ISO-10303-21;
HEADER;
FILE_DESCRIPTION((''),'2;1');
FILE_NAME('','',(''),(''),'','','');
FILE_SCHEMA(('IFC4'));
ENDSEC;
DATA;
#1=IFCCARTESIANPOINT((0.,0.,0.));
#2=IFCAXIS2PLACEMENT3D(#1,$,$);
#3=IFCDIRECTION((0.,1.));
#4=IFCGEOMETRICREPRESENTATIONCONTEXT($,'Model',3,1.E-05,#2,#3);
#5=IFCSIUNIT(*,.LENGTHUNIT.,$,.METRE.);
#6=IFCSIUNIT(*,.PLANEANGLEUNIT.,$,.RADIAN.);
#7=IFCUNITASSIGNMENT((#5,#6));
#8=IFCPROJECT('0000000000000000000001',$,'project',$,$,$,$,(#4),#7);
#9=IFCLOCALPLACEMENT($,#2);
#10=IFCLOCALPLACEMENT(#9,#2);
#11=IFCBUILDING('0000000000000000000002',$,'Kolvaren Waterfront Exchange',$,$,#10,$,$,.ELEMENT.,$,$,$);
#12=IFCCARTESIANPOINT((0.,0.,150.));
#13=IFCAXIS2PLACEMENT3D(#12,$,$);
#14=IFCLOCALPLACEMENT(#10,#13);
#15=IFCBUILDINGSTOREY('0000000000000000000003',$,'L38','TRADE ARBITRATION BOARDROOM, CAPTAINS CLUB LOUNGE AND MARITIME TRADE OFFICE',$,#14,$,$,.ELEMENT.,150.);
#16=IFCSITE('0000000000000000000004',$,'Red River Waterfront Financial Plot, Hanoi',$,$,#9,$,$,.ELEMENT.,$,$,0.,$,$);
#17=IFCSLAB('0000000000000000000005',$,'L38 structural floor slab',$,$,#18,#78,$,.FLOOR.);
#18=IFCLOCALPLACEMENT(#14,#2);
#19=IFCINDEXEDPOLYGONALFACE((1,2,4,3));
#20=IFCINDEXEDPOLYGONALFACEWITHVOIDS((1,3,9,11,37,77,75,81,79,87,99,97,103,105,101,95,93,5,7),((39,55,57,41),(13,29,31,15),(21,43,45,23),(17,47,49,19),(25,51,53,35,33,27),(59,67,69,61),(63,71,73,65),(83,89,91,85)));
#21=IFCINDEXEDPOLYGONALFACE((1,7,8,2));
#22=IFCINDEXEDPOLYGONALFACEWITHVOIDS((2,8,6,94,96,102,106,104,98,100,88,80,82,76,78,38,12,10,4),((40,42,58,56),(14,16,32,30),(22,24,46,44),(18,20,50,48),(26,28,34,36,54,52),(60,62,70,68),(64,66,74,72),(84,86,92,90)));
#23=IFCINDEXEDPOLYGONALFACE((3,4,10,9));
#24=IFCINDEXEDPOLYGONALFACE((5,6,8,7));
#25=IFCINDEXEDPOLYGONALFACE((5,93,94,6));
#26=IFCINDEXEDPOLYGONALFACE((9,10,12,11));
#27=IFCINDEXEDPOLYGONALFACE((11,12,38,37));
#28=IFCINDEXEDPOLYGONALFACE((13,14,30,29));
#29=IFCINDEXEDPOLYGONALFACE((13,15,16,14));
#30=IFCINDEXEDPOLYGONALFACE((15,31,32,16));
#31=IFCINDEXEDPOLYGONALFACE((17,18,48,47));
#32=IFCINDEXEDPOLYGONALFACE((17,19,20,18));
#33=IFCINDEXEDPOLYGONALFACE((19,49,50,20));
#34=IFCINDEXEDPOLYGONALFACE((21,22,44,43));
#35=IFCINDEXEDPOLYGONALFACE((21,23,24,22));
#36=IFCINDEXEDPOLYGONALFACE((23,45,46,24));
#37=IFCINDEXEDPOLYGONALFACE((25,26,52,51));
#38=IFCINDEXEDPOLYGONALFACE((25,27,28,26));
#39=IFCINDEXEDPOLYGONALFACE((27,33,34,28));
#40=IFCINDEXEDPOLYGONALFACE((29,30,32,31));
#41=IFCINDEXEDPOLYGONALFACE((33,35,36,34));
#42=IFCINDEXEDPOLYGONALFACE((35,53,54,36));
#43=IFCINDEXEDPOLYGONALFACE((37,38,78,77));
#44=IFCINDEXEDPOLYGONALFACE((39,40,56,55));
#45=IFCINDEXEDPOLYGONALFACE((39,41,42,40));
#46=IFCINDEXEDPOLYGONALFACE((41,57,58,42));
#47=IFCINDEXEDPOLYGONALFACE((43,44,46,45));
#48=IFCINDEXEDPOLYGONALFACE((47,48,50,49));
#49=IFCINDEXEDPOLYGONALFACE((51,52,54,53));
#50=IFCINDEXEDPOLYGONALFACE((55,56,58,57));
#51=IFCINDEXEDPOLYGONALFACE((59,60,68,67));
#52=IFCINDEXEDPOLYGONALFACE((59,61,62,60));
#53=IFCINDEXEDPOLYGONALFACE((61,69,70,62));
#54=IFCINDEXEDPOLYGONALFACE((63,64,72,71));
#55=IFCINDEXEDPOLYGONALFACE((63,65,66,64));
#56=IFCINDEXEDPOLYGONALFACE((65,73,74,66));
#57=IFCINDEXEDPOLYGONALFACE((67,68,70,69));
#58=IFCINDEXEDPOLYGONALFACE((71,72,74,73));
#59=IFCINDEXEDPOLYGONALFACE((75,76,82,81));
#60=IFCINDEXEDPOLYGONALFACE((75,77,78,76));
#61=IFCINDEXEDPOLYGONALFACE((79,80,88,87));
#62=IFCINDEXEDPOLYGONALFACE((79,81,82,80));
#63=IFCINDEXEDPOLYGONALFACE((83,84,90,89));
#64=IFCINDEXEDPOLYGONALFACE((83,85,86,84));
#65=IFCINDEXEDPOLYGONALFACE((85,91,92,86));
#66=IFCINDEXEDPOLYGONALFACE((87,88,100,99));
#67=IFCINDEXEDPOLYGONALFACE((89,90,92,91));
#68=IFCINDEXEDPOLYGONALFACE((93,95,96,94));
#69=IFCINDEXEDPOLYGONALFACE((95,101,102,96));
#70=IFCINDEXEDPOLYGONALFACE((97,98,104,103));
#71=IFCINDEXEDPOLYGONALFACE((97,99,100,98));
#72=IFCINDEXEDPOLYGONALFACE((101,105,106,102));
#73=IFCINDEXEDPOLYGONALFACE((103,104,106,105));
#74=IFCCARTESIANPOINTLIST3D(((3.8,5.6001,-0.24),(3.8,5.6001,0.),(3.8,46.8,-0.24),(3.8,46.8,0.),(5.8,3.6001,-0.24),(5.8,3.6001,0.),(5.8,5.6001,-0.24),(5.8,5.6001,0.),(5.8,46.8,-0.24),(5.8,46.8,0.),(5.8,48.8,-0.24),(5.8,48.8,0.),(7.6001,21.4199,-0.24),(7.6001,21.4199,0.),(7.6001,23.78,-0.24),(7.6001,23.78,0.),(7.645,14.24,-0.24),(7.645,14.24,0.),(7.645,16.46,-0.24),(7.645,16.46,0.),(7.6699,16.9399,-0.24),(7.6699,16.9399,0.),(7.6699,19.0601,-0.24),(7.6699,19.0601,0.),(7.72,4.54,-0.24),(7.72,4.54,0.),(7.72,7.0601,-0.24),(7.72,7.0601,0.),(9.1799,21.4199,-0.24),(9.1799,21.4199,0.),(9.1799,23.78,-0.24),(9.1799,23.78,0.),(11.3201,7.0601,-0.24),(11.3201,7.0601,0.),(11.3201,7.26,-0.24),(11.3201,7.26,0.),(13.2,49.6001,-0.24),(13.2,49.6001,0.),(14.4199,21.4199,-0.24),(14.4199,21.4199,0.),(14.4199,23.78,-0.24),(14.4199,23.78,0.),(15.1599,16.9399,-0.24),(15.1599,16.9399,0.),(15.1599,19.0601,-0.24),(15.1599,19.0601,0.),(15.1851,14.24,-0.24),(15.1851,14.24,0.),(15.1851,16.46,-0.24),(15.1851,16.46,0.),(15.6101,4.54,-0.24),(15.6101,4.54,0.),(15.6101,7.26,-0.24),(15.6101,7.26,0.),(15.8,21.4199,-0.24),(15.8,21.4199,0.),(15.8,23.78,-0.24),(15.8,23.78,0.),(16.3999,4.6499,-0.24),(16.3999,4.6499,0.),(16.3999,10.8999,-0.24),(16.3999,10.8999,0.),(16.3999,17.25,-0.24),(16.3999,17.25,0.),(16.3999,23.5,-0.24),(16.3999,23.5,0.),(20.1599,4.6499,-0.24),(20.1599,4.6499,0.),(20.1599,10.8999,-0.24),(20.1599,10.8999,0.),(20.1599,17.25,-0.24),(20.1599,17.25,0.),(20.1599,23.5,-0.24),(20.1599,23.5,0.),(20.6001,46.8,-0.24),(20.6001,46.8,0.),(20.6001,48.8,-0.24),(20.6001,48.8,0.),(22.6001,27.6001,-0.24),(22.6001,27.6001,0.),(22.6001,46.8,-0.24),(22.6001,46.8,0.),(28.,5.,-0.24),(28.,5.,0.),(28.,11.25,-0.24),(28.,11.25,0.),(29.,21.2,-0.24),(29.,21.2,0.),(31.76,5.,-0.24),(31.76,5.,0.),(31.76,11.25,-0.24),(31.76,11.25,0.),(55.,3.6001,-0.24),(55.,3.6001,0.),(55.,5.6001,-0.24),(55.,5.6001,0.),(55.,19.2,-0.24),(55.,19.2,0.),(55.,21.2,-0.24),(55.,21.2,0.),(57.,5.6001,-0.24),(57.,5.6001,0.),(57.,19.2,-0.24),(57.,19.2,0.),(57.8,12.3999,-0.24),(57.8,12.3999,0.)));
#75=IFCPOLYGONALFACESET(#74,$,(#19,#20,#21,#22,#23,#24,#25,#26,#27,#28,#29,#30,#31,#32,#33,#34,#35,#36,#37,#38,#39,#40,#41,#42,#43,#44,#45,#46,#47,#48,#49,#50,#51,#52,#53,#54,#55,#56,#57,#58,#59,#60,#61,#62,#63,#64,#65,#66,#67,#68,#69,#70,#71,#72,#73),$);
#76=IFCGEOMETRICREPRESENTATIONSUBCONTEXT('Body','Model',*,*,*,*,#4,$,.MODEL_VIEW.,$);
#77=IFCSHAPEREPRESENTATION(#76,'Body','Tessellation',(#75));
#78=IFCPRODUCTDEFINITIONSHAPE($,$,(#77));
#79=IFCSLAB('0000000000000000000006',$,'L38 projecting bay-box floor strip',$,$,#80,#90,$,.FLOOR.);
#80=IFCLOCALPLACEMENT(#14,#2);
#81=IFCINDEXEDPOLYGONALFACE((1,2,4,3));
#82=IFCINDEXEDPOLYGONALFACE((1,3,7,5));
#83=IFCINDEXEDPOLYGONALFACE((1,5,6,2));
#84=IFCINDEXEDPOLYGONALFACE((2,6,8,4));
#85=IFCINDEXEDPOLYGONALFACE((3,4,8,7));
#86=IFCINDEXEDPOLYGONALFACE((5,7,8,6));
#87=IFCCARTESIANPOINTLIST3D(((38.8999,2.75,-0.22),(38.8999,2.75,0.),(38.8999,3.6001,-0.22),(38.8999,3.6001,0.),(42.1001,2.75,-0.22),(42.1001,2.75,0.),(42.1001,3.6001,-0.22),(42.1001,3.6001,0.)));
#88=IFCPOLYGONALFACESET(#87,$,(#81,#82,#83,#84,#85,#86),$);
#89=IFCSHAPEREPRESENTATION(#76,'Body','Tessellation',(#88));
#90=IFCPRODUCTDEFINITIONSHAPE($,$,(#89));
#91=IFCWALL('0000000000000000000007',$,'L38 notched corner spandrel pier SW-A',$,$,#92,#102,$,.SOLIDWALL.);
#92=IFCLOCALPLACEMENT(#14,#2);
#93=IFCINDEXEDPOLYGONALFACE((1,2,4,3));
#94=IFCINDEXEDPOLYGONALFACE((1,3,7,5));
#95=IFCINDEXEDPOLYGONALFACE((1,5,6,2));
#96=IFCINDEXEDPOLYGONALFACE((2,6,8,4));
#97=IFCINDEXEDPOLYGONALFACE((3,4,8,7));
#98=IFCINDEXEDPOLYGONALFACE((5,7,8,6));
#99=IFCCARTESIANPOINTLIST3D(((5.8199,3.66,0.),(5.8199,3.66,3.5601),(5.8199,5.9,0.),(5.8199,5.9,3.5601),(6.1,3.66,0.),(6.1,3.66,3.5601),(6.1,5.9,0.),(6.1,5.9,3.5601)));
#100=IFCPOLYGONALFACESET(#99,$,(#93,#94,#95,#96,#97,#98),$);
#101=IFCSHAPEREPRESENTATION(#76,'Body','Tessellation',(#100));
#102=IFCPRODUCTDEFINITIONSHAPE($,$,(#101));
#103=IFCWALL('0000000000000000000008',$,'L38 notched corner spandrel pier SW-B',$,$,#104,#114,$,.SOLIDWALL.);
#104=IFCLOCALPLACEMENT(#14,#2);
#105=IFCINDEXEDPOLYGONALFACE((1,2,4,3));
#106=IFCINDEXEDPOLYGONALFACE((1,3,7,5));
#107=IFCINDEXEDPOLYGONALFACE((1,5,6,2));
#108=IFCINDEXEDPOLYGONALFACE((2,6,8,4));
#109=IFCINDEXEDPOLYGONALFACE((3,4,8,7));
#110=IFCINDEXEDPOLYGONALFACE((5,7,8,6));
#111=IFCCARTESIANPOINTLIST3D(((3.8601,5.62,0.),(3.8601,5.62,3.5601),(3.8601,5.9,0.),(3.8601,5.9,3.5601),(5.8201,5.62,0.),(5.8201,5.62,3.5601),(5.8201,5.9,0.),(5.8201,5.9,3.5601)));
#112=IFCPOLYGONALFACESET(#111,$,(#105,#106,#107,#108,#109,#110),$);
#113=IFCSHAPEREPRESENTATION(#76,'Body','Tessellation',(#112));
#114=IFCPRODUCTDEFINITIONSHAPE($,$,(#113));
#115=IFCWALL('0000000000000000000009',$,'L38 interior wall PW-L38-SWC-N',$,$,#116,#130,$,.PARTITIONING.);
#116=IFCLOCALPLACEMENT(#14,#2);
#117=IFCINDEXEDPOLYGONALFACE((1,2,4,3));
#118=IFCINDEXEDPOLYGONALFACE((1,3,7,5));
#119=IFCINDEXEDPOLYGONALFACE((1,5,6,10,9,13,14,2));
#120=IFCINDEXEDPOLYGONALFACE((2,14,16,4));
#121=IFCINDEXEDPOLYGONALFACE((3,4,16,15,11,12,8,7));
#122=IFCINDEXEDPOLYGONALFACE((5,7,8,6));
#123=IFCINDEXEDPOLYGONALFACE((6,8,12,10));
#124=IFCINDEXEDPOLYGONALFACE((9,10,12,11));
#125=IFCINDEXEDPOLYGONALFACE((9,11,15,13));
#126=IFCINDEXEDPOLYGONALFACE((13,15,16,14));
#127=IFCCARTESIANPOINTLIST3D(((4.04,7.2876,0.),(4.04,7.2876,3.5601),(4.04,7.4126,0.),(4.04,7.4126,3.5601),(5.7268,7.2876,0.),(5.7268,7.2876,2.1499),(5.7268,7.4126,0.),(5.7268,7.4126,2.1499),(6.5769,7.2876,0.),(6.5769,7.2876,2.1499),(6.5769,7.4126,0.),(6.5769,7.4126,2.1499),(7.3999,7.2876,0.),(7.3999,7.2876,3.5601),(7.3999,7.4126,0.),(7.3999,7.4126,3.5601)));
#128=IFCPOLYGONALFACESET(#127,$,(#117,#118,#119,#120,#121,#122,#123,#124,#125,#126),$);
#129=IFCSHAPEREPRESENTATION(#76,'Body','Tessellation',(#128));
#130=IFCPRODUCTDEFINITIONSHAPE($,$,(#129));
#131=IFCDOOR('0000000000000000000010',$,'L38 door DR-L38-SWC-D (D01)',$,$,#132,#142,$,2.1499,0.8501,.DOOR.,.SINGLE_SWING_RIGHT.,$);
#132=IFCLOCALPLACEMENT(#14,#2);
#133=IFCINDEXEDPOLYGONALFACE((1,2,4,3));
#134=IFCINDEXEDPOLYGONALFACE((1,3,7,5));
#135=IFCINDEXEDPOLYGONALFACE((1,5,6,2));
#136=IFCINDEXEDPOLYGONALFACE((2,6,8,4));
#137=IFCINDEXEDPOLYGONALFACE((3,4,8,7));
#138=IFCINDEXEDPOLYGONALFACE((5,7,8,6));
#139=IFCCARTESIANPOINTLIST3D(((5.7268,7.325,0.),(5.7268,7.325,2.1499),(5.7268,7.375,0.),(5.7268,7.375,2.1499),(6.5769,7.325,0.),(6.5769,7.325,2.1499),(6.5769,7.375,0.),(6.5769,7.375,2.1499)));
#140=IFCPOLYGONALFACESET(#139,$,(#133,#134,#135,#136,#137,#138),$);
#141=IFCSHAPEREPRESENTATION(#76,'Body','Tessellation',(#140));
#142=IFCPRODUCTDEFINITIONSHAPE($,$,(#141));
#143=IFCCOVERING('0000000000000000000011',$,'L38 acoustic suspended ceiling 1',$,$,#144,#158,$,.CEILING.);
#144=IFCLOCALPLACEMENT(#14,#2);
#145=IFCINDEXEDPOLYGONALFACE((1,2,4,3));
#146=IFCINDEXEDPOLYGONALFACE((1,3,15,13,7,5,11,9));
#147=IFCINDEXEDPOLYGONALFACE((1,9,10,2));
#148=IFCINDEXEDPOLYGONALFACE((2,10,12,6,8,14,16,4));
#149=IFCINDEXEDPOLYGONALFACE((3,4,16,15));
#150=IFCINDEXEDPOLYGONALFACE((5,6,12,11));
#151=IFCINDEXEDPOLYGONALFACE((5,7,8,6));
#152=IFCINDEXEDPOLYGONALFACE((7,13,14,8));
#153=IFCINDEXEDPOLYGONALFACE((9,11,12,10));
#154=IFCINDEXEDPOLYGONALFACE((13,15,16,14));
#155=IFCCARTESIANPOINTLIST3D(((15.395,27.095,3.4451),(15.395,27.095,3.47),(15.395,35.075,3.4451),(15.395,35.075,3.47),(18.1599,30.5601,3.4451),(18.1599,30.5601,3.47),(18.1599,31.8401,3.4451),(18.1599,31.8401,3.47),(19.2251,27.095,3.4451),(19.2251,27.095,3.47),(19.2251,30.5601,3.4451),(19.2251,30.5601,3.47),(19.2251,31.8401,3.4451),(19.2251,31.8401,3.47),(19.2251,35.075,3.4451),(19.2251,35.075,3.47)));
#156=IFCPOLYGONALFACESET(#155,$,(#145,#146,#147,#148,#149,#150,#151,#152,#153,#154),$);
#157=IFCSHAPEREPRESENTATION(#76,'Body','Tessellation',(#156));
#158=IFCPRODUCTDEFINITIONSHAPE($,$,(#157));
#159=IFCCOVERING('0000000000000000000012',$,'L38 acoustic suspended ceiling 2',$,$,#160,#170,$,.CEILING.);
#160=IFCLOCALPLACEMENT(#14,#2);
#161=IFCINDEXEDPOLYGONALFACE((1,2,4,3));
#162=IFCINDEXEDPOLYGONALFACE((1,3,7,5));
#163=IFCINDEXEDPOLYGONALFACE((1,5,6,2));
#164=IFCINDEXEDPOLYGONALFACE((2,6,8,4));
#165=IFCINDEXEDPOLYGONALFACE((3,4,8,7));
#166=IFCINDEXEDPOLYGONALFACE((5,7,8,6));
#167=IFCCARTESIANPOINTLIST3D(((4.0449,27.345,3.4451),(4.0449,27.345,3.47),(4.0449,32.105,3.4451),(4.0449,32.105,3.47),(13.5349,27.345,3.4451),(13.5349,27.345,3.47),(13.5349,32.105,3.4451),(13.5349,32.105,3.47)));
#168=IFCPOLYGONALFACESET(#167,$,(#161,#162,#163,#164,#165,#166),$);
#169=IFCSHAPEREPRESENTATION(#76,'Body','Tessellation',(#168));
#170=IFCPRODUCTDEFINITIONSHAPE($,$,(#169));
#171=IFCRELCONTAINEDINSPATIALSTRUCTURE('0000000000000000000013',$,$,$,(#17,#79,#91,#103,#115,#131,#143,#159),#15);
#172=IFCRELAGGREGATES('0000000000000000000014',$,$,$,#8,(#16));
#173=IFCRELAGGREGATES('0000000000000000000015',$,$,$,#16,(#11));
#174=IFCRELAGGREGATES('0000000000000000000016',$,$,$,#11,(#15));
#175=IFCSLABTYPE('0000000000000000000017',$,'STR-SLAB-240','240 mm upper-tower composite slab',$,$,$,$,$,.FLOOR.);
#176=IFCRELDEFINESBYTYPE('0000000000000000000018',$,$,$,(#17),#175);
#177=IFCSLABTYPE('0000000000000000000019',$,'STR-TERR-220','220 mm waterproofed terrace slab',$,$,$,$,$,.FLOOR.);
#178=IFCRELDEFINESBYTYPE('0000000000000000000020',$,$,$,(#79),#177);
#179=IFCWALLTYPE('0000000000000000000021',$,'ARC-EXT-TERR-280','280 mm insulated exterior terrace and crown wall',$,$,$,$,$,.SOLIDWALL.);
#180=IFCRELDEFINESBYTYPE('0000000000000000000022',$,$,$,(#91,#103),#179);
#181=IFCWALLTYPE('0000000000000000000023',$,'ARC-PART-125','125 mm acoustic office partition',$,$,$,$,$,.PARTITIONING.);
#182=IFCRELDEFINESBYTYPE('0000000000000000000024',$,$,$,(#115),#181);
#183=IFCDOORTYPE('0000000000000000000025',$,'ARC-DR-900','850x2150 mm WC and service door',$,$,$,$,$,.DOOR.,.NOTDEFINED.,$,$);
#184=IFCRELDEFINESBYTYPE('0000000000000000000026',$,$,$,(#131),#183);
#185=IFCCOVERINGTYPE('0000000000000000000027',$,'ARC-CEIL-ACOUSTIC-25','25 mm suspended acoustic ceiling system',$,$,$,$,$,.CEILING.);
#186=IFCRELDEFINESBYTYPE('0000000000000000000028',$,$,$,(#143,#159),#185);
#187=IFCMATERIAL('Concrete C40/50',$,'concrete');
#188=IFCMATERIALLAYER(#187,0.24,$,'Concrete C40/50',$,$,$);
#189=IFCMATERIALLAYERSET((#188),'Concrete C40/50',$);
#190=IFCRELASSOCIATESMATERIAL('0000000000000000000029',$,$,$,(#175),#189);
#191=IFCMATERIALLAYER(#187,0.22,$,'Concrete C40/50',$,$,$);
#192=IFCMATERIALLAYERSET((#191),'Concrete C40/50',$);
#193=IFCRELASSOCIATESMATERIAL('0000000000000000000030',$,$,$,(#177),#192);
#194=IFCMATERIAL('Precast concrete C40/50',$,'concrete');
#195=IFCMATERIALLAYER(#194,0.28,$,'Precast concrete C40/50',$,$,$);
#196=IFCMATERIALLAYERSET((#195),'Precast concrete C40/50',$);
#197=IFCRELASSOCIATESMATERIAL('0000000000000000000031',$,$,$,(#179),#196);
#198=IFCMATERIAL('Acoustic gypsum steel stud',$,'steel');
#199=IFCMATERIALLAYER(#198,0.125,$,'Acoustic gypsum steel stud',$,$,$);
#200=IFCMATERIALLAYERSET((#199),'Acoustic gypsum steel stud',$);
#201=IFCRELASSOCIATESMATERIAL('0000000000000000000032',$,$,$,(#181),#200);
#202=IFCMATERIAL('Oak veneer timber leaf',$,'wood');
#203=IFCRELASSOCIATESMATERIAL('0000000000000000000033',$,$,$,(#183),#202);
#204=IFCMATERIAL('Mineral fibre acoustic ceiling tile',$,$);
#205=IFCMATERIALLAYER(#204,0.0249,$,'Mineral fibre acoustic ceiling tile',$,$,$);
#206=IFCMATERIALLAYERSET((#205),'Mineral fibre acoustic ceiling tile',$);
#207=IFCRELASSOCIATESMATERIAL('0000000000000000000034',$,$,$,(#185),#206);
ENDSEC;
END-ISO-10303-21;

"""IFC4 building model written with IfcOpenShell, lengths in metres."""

from ifc_helpers import new_model, si_unit, direction, frame, frame_2d, origin, place, context, subcontext, project, spatial, polyline, rectangle, outline, extrude, material, layer, layer_set, type_object, element, fill, save


model = new_model("IFC4")

# Units and contexts
model_context = context("Model", 3, precision=1e-05, world=origin(), true_north=direction((0.0, 1.0)))
body_context = subcontext(model_context, "Body", "Model", "MODEL_VIEW")
ifc_project = project(units=[si_unit("LENGTHUNIT", "METRE"), si_unit("PLANEANGLEUNIT", "RADIAN")], contexts=[model_context])

# Site, building, storey
site_placement = place(None, origin())
site = spatial("IfcSite", under=ifc_project, at=site_placement, Name="Red River Waterfront Financial Plot, Hanoi", CompositionType="ELEMENT", RefElevation=0.0)
building_placement = place(site_placement, origin())
building = spatial("IfcBuilding", under=site, at=building_placement, Name="Kolvaren Waterfront Exchange", CompositionType="ELEMENT")
storey_placement = place(building_placement, frame((0.0, 0.0, 150.0)))
storey = spatial("IfcBuildingStorey", under=building, at=storey_placement, Name="L38", Description="TRADE ARBITRATION BOARDROOM, CAPTAINS CLUB LOUNGE AND MARITIME TRADE OFFICE", CompositionType="ELEMENT", Elevation=150.0)

# Shared definitions
ifc_material_1 = material(Name="Concrete C40/50", Category="concrete")

# Slabs
ifc_layer_1 = layer(ifc_material_1, 0.24, Name="Concrete C40/50")
ifc_layer_set_1 = layer_set([ifc_layer_1], Name="Concrete C40/50")
slab_type_1 = type_object("IfcSlabType", Name="STR-SLAB-240", Description="240 mm upper-tower composite slab", PredefinedType="FLOOR", material=ifc_layer_set_1)
slab_1_placement = place(storey_placement, frame((0.0, 0.0, -0.24)))
element("IfcSlab", 1, at=slab_1_placement, inside=storey, type_object=slab_type_1, Name="L38 structural floor slab", PredefinedType="FLOOR", context=body_context, shape_type="SweptSolid", body=[
    extrude(outline(polyline([(5.8, 3.6001), (55.0, 3.6001), (55.0, 5.6001), (57.0, 5.6001), (57.8, 12.3999), (57.0, 19.2), (55.0, 19.2), (55.0, 21.2), (29.0, 21.2), (22.6001, 27.6001), (22.6001, 46.8), (20.6001, 46.8), (20.6001, 48.8), (13.2, 49.6001), (5.8, 48.8), (5.8, 46.8), (3.8, 46.8), (3.8, 5.6001), (5.8, 5.6001), (5.8, 3.6001)]), holes=[polyline([(11.3201, 7.26), (15.6101, 7.26), (15.6101, 4.54), (7.72, 4.54), (7.72, 7.0601), (11.3201, 7.0601), (11.3201, 7.26)]), polyline([(20.1599, 10.8999), (20.1599, 4.6499), (16.3999, 4.6499), (16.3999, 10.8999), (20.1599, 10.8999)]), polyline([(31.76, 11.25), (31.76, 5.0), (28.0, 5.0), (28.0, 11.25), (31.76, 11.25)]), polyline([(15.1851, 14.24), (7.645, 14.24), (7.645, 16.46), (15.1851, 16.46), (15.1851, 14.24)]), polyline([(15.1599, 16.9399), (7.6699, 16.9399), (7.6699, 19.0601), (15.1599, 19.0601), (15.1599, 16.9399)]), polyline([(16.3999, 23.5), (20.1599, 23.5), (20.1599, 17.25), (16.3999, 17.25), (16.3999, 23.5)]), polyline([(7.6001, 23.78), (9.1799, 23.78), (9.1799, 21.4199), (7.6001, 21.4199), (7.6001, 23.78)]), polyline([(15.8, 23.78), (15.8, 21.4199), (14.4199, 21.4199), (14.4199, 23.78), (15.8, 23.78)])]), origin(), (0.0, 0.0, 1.0), 0.24),
])
ifc_layer_2 = layer(ifc_material_1, 0.22, Name="Concrete C40/50")
ifc_layer_set_2 = layer_set([ifc_layer_2], Name="Concrete C40/50")
slab_type_2 = type_object("IfcSlabType", Name="STR-TERR-220", Description="220 mm waterproofed terrace slab", PredefinedType="FLOOR", material=ifc_layer_set_2)
slab_2_placement = place(storey_placement, frame((0.0, 0.0, -0.22)))
element("IfcSlab", 2, at=slab_2_placement, inside=storey, type_object=slab_type_2, Name="L38 projecting bay-box floor strip", PredefinedType="FLOOR", context=body_context, shape_type="SweptSolid", body=[
    extrude(outline(polyline([(38.8999, 2.75), (42.1001, 2.75), (42.1001, 3.6001), (38.8999, 3.6001), (38.8999, 2.75)])), origin(), (0.0, 0.0, 1.0), 0.22),
])

# Walls
ifc_material_2 = material(Name="Precast concrete C40/50", Category="concrete")
ifc_layer_3 = layer(ifc_material_2, 0.28, Name="Precast concrete C40/50")
ifc_layer_set_3 = layer_set([ifc_layer_3], Name="Precast concrete C40/50")
wall_type_1 = type_object("IfcWallType", Name="ARC-EXT-TERR-280", Description="280 mm insulated exterior terrace and crown wall", PredefinedType="SOLIDWALL", material=ifc_layer_set_3)
wall_1_placement = place(storey_placement, frame((5.96, 3.6599, 0.0), z_axis=(0.0, 0.0, 1.0), x_axis=(0.0, 1.0, 0.0)))
element("IfcWall", 3, at=wall_1_placement, inside=storey, type_object=wall_type_1, Name="L38 notched corner spandrel pier SW-A", PredefinedType="SOLIDWALL", context=body_context, shape_type="SweptSolid", body=[
    extrude(rectangle(XDim=2.24, YDim=0.28, at=frame_2d((1.1201, 0.0))), origin(), (0.0, 0.0, 1.0), 3.5601),
])
wall_2_placement = place(storey_placement, frame((3.8601, 5.76, 0.0), z_axis=(0.0, 0.0, 1.0), x_axis=(1.0, 0.0, 0.0)))
element("IfcWall", 4, at=wall_2_placement, inside=storey, type_object=wall_type_1, Name="L38 notched corner spandrel pier SW-B", PredefinedType="SOLIDWALL", context=body_context, shape_type="SweptSolid", body=[
    extrude(rectangle(XDim=1.96, YDim=0.28, at=frame_2d((0.98, 0.0))), origin(), (0.0, 0.0, 1.0), 3.5601),
])

# Wall, opening, door
ifc_material_3 = material(Name="Acoustic gypsum steel stud", Category="steel")
ifc_layer_4 = layer(ifc_material_3, 0.125, Name="Acoustic gypsum steel stud")
ifc_layer_set_4 = layer_set([ifc_layer_4], Name="Acoustic gypsum steel stud")
wall_type_2 = type_object("IfcWallType", Name="ARC-PART-125", Description="125 mm acoustic office partition", PredefinedType="PARTITIONING", material=ifc_layer_set_4)
wall_3_placement = place(storey_placement, frame((4.04, 7.3501, 0.0), z_axis=(0.0, 0.0, 1.0), x_axis=(1.0, 0.0, 0.0)))
wall_3 = element("IfcWall", 5, at=wall_3_placement, inside=storey, type_object=wall_type_2, Name="L38 interior wall PW-L38-SWC-N", PredefinedType="PARTITIONING", context=body_context, shape_type="SweptSolid", body=[
    extrude(rectangle(XDim=3.3599, YDim=0.125, at=frame_2d((1.6799, 0.0))), origin(), (0.0, 0.0, 1.0), 3.5601),
])
opening_placement = place(wall_3_placement, frame((1.6868, 0.0, 0.0)))
opening = element("IfcOpeningElement", 6, at=opening_placement, cuts=wall_3, PredefinedType="OPENING", context=body_context, shape_type="SweptSolid", body=[
    extrude(rectangle(XDim=0.8501, YDim=2.1499, at=frame_2d((0.425, 1.075))), frame((0.0, 0.0725, 0.0), z_axis=(0.0, -1.0, 0.0), x_axis=(1.0, 0.0, 0.0)), (0.0, 0.0, 1.0), 0.145),
])
ifc_material_4 = material(Name="Oak veneer timber leaf", Category="wood")
door_type = type_object("IfcDoorType", Name="ARC-DR-900", Description="850x2150 mm WC and service door", OperationType="NOTDEFINED", PredefinedType="DOOR", material=ifc_material_4)
door_placement = place(opening_placement, origin())
door = element("IfcDoor", 7, at=door_placement, inside=storey, type_object=door_type, Name="L38 door DR-L38-SWC-D (D01)", OperationType="SINGLE_SWING_RIGHT", OverallHeight=2.1499, OverallWidth=0.8501, PredefinedType="DOOR", context=body_context, shape_type="SweptSolid", body=[
    extrude(rectangle(XDim=0.8501, YDim=2.1499, at=frame_2d((0.425, 1.075))), frame((0.0, 0.0249, 0.0), z_axis=(0.0, -1.0, 0.0), x_axis=(1.0, 0.0, 0.0)), (0.0, 0.0, 1.0), 0.05),
])
fill(opening, door)

# Coverings
ifc_material_5 = material(Name="Mineral fibre acoustic ceiling tile")
ifc_layer_5 = layer(ifc_material_5, 0.0249, Name="Mineral fibre acoustic ceiling tile")
ifc_layer_set_5 = layer_set([ifc_layer_5], Name="Mineral fibre acoustic ceiling tile")
covering_type_1 = type_object("IfcCoveringType", Name="ARC-CEIL-ACOUSTIC-25", Description="25 mm suspended acoustic ceiling system", PredefinedType="CEILING", material=ifc_layer_set_5)
covering_1_placement = place(storey_placement, frame((0.0, 0.0, 3.4451)))
element("IfcCovering", 8, at=covering_1_placement, inside=storey, type_object=covering_type_1, Name="L38 acoustic suspended ceiling 1", PredefinedType="CEILING", context=body_context, shape_type="SweptSolid", body=[
    extrude(outline(polyline([(19.2251, 30.5601), (18.1599, 30.5601), (18.1599, 31.8401), (19.2251, 31.8401), (19.2251, 35.075), (15.395, 35.075), (15.395, 27.095), (19.2251, 27.095), (19.2251, 30.5601)])), origin(), (0.0, 0.0, 1.0), 0.0249),
])
covering_2_placement = place(storey_placement, frame((0.0, 0.0, 3.4451)))
element("IfcCovering", 9, at=covering_2_placement, inside=storey, type_object=covering_type_1, Name="L38 acoustic suspended ceiling 2", PredefinedType="CEILING", context=body_context, shape_type="SweptSolid", body=[
    extrude(outline(polyline([(13.5349, 27.345), (13.5349, 32.105), (4.0449, 32.105), (4.0449, 27.345), (13.5349, 27.345)])), origin(), (0.0, 0.0, 1.0), 0.0249),
])

save(model, "model.ifc")
